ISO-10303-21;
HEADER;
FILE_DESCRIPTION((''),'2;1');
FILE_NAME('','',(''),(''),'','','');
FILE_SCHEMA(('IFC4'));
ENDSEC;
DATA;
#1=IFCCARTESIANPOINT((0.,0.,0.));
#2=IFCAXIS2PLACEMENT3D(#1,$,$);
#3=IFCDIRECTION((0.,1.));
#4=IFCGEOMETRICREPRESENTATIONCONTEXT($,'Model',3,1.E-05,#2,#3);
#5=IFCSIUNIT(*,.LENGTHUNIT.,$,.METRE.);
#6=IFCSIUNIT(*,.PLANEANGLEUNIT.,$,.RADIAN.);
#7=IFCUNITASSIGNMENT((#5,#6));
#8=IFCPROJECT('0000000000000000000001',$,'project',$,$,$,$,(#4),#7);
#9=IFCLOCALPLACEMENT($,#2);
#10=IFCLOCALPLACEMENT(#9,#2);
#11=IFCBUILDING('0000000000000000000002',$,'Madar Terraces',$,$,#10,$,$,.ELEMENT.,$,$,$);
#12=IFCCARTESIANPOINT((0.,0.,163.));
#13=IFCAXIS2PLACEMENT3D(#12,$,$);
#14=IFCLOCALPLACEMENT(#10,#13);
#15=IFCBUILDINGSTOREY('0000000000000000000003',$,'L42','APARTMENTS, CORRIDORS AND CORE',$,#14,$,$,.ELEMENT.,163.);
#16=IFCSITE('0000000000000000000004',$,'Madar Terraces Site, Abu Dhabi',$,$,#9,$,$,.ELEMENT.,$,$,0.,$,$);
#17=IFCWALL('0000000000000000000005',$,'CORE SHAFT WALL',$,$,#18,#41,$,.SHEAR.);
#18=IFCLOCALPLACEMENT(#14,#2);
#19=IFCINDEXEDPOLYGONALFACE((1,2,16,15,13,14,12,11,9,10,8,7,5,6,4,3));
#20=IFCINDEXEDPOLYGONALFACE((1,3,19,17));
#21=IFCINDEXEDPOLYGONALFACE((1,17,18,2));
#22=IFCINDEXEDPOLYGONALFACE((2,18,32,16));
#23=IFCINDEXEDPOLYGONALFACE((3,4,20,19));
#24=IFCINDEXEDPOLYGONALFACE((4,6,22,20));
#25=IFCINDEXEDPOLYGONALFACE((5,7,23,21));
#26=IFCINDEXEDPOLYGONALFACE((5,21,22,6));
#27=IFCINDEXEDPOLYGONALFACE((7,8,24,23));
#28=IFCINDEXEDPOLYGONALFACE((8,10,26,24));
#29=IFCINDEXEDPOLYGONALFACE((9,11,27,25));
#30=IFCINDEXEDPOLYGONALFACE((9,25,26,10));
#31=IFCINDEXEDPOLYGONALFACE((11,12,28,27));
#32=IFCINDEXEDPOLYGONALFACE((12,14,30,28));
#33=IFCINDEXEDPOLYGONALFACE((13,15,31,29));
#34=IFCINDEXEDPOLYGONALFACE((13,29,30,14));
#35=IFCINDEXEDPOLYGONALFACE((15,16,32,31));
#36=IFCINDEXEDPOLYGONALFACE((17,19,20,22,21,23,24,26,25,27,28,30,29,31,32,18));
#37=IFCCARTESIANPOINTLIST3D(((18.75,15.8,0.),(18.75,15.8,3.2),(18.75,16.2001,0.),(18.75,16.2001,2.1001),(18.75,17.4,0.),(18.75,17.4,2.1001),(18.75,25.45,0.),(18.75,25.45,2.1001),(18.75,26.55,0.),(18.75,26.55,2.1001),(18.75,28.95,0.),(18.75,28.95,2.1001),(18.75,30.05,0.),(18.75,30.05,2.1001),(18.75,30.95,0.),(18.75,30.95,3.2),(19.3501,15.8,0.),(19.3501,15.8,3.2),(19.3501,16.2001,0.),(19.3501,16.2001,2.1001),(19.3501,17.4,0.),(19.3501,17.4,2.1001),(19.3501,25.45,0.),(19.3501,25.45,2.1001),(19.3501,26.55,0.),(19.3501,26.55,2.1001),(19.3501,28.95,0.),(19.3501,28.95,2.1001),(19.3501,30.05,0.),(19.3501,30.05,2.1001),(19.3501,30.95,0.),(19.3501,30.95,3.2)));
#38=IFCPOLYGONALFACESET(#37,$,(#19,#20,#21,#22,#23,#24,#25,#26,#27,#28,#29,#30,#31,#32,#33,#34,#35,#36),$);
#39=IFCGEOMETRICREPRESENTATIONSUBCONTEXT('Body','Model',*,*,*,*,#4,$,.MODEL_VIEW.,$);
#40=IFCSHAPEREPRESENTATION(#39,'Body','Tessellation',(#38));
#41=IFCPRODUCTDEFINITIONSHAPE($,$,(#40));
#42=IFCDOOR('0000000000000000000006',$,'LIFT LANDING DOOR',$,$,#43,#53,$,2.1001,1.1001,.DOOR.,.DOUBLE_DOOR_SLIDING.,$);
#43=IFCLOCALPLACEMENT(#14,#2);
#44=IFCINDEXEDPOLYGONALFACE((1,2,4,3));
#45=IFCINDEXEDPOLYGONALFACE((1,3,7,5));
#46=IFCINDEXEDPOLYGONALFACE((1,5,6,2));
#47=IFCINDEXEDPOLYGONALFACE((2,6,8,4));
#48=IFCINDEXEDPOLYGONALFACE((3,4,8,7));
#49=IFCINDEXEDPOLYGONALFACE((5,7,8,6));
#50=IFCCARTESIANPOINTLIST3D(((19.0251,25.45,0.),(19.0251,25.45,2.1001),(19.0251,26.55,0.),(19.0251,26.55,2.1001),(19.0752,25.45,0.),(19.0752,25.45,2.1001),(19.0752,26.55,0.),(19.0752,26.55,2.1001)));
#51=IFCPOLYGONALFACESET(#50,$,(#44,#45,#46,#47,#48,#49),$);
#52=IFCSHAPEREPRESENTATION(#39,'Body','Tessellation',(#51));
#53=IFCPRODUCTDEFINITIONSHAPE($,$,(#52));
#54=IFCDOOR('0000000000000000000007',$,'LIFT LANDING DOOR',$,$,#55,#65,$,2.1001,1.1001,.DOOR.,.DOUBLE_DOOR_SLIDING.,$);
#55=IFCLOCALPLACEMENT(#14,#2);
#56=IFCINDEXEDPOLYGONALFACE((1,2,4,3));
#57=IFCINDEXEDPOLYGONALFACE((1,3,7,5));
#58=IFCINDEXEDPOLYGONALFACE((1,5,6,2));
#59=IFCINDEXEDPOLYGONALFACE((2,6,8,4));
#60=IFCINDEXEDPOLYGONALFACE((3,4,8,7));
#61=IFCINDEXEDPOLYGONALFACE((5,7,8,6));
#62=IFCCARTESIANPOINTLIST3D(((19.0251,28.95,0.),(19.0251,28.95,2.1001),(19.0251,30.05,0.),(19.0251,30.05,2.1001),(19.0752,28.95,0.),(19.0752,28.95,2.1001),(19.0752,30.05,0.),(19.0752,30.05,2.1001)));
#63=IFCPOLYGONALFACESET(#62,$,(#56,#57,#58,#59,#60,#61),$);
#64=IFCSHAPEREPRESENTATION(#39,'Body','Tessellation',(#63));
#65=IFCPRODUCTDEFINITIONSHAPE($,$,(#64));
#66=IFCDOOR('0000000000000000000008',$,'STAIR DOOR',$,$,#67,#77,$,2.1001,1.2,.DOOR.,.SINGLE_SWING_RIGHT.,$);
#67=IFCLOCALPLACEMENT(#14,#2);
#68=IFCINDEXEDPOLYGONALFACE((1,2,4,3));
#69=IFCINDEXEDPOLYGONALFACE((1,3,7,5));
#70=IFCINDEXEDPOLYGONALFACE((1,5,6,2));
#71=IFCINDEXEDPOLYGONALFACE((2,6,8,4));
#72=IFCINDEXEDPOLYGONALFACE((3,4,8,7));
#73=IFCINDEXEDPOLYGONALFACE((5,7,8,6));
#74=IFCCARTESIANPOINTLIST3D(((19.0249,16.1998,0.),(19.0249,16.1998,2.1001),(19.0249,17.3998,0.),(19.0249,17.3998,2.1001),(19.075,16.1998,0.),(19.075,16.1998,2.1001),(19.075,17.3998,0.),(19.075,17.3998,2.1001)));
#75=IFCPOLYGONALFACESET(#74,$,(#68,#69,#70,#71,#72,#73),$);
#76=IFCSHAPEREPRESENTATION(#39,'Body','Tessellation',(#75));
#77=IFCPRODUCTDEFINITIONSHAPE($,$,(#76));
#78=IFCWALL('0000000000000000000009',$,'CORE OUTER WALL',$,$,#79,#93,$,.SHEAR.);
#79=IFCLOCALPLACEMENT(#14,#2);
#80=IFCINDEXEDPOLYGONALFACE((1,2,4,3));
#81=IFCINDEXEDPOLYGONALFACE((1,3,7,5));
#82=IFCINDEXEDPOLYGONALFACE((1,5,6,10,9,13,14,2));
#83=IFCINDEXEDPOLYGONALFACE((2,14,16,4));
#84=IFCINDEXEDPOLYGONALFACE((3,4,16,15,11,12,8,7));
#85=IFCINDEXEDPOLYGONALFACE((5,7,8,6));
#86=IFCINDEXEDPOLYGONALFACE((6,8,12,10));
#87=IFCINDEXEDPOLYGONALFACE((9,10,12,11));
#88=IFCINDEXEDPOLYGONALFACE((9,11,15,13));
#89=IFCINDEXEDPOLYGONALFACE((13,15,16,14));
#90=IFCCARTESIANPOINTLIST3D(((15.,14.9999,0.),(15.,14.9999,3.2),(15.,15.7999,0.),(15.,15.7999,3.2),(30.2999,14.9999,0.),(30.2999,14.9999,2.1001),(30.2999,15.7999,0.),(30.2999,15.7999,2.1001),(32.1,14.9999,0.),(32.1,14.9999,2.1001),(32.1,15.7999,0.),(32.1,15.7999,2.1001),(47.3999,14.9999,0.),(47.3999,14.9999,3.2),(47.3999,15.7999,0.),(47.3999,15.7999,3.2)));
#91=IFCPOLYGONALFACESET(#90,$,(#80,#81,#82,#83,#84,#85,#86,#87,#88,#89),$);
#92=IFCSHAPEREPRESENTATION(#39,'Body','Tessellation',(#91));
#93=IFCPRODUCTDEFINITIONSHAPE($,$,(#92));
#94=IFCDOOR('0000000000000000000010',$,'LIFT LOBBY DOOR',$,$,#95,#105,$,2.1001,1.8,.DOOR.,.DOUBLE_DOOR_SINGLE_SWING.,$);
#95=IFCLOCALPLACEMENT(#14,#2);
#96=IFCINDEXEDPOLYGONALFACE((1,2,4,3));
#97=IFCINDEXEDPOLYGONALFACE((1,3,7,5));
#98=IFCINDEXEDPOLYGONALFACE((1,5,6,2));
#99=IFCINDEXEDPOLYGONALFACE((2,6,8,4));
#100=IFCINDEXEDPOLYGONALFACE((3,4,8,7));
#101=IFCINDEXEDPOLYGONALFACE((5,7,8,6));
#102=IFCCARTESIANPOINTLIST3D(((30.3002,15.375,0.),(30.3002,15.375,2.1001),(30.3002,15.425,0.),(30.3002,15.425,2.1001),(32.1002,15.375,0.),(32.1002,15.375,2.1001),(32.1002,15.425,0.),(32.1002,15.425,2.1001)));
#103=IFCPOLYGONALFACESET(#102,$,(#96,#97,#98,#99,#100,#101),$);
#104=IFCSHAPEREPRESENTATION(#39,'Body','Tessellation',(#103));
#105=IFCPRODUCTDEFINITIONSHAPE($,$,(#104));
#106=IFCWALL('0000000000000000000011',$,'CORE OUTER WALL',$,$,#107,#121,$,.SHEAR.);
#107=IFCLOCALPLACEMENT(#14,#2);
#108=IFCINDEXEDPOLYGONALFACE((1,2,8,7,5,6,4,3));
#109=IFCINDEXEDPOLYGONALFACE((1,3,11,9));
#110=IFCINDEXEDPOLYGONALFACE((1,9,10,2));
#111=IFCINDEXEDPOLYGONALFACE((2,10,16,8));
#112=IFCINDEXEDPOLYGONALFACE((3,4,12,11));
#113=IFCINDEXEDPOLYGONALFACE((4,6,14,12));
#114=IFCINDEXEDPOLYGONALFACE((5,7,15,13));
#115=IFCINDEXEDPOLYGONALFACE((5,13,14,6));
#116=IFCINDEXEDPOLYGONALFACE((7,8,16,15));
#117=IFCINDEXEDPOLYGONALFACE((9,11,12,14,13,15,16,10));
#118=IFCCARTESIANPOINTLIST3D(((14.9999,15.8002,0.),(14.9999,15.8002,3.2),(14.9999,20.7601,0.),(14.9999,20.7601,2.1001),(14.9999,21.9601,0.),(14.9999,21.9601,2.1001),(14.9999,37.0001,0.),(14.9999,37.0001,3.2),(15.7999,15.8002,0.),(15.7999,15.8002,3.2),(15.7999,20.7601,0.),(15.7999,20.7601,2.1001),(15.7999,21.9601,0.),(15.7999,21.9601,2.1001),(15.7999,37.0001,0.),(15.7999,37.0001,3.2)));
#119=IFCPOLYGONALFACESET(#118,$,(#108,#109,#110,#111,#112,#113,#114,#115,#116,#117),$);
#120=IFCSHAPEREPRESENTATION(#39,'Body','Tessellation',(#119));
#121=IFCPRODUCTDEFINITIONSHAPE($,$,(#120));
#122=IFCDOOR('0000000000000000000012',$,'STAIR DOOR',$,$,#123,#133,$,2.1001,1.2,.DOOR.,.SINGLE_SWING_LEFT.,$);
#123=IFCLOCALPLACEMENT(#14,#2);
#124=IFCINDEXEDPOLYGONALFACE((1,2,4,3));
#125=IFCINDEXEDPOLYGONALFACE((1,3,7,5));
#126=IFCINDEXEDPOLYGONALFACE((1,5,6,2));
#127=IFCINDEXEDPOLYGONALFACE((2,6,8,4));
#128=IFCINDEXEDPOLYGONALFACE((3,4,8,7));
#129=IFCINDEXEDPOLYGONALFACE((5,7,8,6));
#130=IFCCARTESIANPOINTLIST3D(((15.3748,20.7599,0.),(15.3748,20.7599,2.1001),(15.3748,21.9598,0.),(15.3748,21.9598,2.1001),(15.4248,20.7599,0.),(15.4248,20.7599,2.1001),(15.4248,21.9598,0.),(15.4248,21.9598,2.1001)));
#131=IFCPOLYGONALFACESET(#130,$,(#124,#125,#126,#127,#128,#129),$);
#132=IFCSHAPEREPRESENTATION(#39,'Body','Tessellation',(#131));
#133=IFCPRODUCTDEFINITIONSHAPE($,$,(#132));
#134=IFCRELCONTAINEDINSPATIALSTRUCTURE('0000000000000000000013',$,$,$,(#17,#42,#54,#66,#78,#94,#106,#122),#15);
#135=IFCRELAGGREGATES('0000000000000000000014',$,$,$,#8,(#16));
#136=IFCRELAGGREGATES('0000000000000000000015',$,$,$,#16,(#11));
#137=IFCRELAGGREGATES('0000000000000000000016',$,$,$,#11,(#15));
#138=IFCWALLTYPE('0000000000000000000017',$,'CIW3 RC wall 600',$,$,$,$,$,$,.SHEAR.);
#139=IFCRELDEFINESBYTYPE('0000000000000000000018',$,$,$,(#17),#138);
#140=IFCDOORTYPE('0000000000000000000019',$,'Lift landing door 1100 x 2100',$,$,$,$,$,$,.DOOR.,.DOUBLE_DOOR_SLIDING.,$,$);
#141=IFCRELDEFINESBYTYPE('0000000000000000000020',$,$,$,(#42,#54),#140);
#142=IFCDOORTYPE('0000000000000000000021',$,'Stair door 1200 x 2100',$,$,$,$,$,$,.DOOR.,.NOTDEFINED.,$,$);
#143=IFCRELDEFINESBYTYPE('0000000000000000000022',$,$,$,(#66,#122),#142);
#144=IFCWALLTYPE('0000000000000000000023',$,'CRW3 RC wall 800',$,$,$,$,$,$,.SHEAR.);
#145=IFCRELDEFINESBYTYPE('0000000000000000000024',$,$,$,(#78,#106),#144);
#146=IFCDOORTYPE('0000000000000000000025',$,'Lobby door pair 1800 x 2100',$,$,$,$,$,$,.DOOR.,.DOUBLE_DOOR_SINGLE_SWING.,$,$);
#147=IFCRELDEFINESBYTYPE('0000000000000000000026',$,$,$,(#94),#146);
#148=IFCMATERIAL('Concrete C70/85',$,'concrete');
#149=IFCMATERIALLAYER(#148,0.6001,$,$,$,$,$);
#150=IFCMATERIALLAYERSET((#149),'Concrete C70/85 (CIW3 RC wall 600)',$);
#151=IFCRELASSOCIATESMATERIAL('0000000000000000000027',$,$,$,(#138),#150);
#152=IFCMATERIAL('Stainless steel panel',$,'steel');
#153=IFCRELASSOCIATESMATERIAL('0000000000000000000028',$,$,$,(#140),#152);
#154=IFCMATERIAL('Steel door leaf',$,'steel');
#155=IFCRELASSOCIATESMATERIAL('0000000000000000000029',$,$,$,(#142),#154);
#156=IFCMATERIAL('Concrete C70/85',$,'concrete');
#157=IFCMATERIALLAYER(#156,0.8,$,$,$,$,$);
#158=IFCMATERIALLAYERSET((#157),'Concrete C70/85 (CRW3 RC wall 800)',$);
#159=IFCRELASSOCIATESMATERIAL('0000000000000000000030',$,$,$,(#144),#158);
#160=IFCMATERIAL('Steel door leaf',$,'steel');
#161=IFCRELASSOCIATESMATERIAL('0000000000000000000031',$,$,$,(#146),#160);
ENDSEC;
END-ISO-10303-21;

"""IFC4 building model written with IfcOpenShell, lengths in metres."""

from ifc_helpers import new_model, si_unit, direction, frame, frame_2d, origin, place, context, subcontext, project, spatial, rectangle, extrude, material, layer, layer_set, type_object, element, fill, save


model = new_model("IFC4")

# Units and contexts
model_context = context("Model", 3, precision=1e-05, world=origin(), true_north=direction((0.0, 1.0)))
body_context = subcontext(model_context, "Body", "Model", "MODEL_VIEW")
ifc_project = project(units=[si_unit("LENGTHUNIT", "METRE"), si_unit("PLANEANGLEUNIT", "RADIAN")], contexts=[model_context])

# Site, building, storey
site_placement = place(None, origin())
site = spatial("IfcSite", under=ifc_project, at=site_placement, Name="Madar Terraces Site, Abu Dhabi", CompositionType="ELEMENT", RefElevation=0.0)
building_placement = place(site_placement, origin())
building = spatial("IfcBuilding", under=site, at=building_placement, Name="Madar Terraces", CompositionType="ELEMENT")
storey_placement = place(building_placement, frame((0.0, 0.0, 163.0)))
storey = spatial("IfcBuildingStorey", under=building, at=storey_placement, Name="L42", Description="APARTMENTS, CORRIDORS AND CORE", CompositionType="ELEMENT", Elevation=163.0)

# Wall, openings, doors
ifc_material_1 = material(Name="Concrete C70/85", Category="concrete")
ifc_layer_1 = layer(ifc_material_1, 0.6001)
ifc_layer_set_1 = layer_set([ifc_layer_1], Name="Concrete C70/85 (CIW3 RC wall 600)")
wall_type_1 = type_object("IfcWallType", Name="CIW3 RC wall 600", PredefinedType="SHEAR", material=ifc_layer_set_1)
wall_1_placement = place(storey_placement, frame((19.05, 15.8, 0.0), z_axis=(0.0, 0.0, 1.0), x_axis=(0.0, 1.0, 0.0)))
wall_1 = element("IfcWall", 1, at=wall_1_placement, inside=storey, type_object=wall_type_1, Name="CORE SHAFT WALL", PredefinedType="SHEAR", context=body_context, shape_type="SweptSolid", body=[
    extrude(rectangle(XDim=15.1499, YDim=0.6001, at=frame_2d((7.575, 0.0))), origin(), (0.0, 0.0, 1.0), 3.2),
])
opening_1_placement = place(wall_1_placement, frame((9.6499, 0.0, 0.0)))
opening_1 = element("IfcOpeningElement", 2, at=opening_1_placement, cuts=wall_1, PredefinedType="OPENING", context=body_context, shape_type="SweptSolid", body=[
    extrude(rectangle(XDim=1.1001, YDim=2.1001, at=frame_2d((0.55, 1.05))), frame((0.0, 0.3101, 0.0), z_axis=(0.0, -1.0, 0.0), x_axis=(1.0, 0.0, 0.0)), (0.0, 0.0, 1.0), 0.6201),
])
opening_2_placement = place(wall_1_placement, frame((13.1499, 0.0, 0.0)))
opening_2 = element("IfcOpeningElement", 3, at=opening_2_placement, cuts=wall_1, PredefinedType="OPENING", context=body_context, shape_type="SweptSolid", body=[
    extrude(rectangle(XDim=1.1001, YDim=2.1001, at=frame_2d((0.55, 1.05))), frame((0.0, 0.3101, 0.0), z_axis=(0.0, -1.0, 0.0), x_axis=(1.0, 0.0, 0.0)), (0.0, 0.0, 1.0), 0.6201),
])
opening_3_placement = place(wall_1_placement, frame((0.3999, 0.0, 0.0)))
opening_3 = element("IfcOpeningElement", 4, at=opening_3_placement, cuts=wall_1, PredefinedType="OPENING", context=body_context, shape_type="SweptSolid", body=[
    extrude(rectangle(XDim=1.2, YDim=2.1001, at=frame_2d((0.6001, 1.05))), frame((0.0, 0.3101, 0.0), z_axis=(0.0, -1.0, 0.0), x_axis=(1.0, 0.0, 0.0)), (0.0, 0.0, 1.0), 0.6201),
])
ifc_material_2 = material(Name="Stainless steel panel", Category="steel")
door_type_1 = type_object("IfcDoorType", Name="Lift landing door 1100 x 2100", OperationType="DOUBLE_DOOR_SLIDING", PredefinedType="DOOR", material=ifc_material_2)
door_1_placement = place(opening_1_placement, origin())
door_1 = element("IfcDoor", 5, at=door_1_placement, inside=storey, type_object=door_type_1, Name="LIFT LANDING DOOR", OperationType="DOUBLE_DOOR_SLIDING", OverallHeight=2.1001, OverallWidth=1.1001, PredefinedType="DOOR", context=body_context, shape_type="SweptSolid", body=[
    extrude(rectangle(XDim=1.1001, YDim=2.1001, at=frame_2d((0.55, 1.05))), frame((0.0, 0.0249, 0.0), z_axis=(0.0, -1.0, 0.0), x_axis=(1.0, 0.0, 0.0)), (0.0, 0.0, 1.0), 0.05),
])
fill(opening_1, door_1)
door_2_placement = place(opening_2_placement, origin())
door_2 = element("IfcDoor", 6, at=door_2_placement, inside=storey, type_object=door_type_1, Name="LIFT LANDING DOOR", OperationType="DOUBLE_DOOR_SLIDING", OverallHeight=2.1001, OverallWidth=1.1001, PredefinedType="DOOR", context=body_context, shape_type="SweptSolid", body=[
    extrude(rectangle(XDim=1.1001, YDim=2.1001, at=frame_2d((0.55, 1.05))), frame((0.0, 0.0249, 0.0), z_axis=(0.0, -1.0, 0.0), x_axis=(1.0, 0.0, 0.0)), (0.0, 0.0, 1.0), 0.05),
])
fill(opening_2, door_2)
ifc_material_3 = material(Name="Steel door leaf", Category="steel")
door_type_2 = type_object("IfcDoorType", Name="Stair door 1200 x 2100", OperationType="NOTDEFINED", PredefinedType="DOOR", material=ifc_material_3)
door_3_placement = place(opening_3_placement, frame((1.2, 0.0, 0.0), z_axis=(0.0, 0.0, 1.0), x_axis=(-1.0, 0.0, 0.0)))
door_3 = element("IfcDoor", 7, at=door_3_placement, inside=storey, type_object=door_type_2, Name="STAIR DOOR", OperationType="SINGLE_SWING_RIGHT", OverallHeight=2.1001, OverallWidth=1.2, PredefinedType="DOOR", context=body_context, shape_type="SweptSolid", body=[
    extrude(rectangle(XDim=1.2, YDim=2.1001, at=frame_2d((0.6001, 1.05))), frame((0.0, 0.0249, 0.0), z_axis=(0.0, -1.0, 0.0), x_axis=(1.0, 0.0, 0.0)), (0.0, 0.0, 1.0), 0.05),
])
fill(opening_3, door_3)

# Walls, openings, doors
ifc_material_4 = material(Name="Concrete C70/85", Category="concrete")
ifc_layer_2 = layer(ifc_material_4, 0.8)
ifc_layer_set_2 = layer_set([ifc_layer_2], Name="Concrete C70/85 (CRW3 RC wall 800)")
wall_type_2 = type_object("IfcWallType", Name="CRW3 RC wall 800", PredefinedType="SHEAR", material=ifc_layer_set_2)
wall_2_placement = place(storey_placement, frame((15.0, 15.3999, 0.0), z_axis=(0.0, 0.0, 1.0), x_axis=(1.0, 0.0, 0.0)))
wall_2 = element("IfcWall", 8, at=wall_2_placement, inside=storey, type_object=wall_type_2, Name="CORE OUTER WALL", PredefinedType="SHEAR", context=body_context, shape_type="SweptSolid", body=[
    extrude(rectangle(XDim=32.3999, YDim=0.8, at=frame_2d((16.2, 0.0))), origin(), (0.0, 0.0, 1.0), 3.2),
])
opening_4_placement = place(wall_2_placement, frame((15.3, 0.0, 0.0)))
opening_4 = element("IfcOpeningElement", 9, at=opening_4_placement, cuts=wall_2, PredefinedType="OPENING", context=body_context, shape_type="SweptSolid", body=[
    extrude(rectangle(XDim=1.8, YDim=2.1001, at=frame_2d((0.8999, 1.05))), frame((0.0, 0.4099, 0.0), z_axis=(0.0, -1.0, 0.0), x_axis=(1.0, 0.0, 0.0)), (0.0, 0.0, 1.0), 0.8201),
])
ifc_material_5 = material(Name="Steel door leaf", Category="steel")
door_type_3 = type_object("IfcDoorType", Name="Lobby door pair 1800 x 2100", OperationType="DOUBLE_DOOR_SINGLE_SWING", PredefinedType="DOOR", material=ifc_material_5)
door_4_placement = place(opening_4_placement, frame((1.8, 0.0, 0.0), z_axis=(0.0, 0.0, 1.0), x_axis=(-1.0, 0.0, 0.0)))
door_4 = element("IfcDoor", 10, at=door_4_placement, inside=storey, type_object=door_type_3, Name="LIFT LOBBY DOOR", OperationType="DOUBLE_DOOR_SINGLE_SWING", OverallHeight=2.1001, OverallWidth=1.8, PredefinedType="DOOR", context=body_context, shape_type="SweptSolid", body=[
    extrude(rectangle(XDim=1.8, YDim=2.1001, at=frame_2d((0.8999, 1.05))), frame((0.0, 0.0249, 0.0), z_axis=(0.0, -1.0, 0.0), x_axis=(1.0, 0.0, 0.0)), (0.0, 0.0, 1.0), 0.05),
])
fill(opening_4, door_4)
wall_3_placement = place(storey_placement, frame((15.3999, 15.8, 0.0), z_axis=(0.0, 0.0, 1.0), x_axis=(0.0, 1.0, 0.0)))
wall_3 = element("IfcWall", 11, at=wall_3_placement, inside=storey, type_object=wall_type_2, Name="CORE OUTER WALL", PredefinedType="SHEAR", context=body_context, shape_type="SweptSolid", body=[
    extrude(rectangle(XDim=21.2, YDim=0.8, at=frame_2d((10.6001, 0.0))), origin(), (0.0, 0.0, 1.0), 3.2),
])
opening_5_placement = place(wall_3_placement, frame((4.96, 0.0, 0.0)))
opening_5 = element("IfcOpeningElement", 12, at=opening_5_placement, cuts=wall_3, PredefinedType="OPENING", context=body_context, shape_type="SweptSolid", body=[
    extrude(rectangle(XDim=1.2, YDim=2.1001, at=frame_2d((0.6001, 1.05))), frame((0.0, 0.4099, 0.0), z_axis=(0.0, -1.0, 0.0), x_axis=(1.0, 0.0, 0.0)), (0.0, 0.0, 1.0), 0.8201),
])
door_5_placement = place(opening_5_placement, frame((1.2, 0.0, 0.0), z_axis=(0.0, 0.0, 1.0), x_axis=(-1.0, 0.0, 0.0)))
door_5 = element("IfcDoor", 13, at=door_5_placement, inside=storey, type_object=door_type_2, Name="STAIR DOOR", OperationType="SINGLE_SWING_LEFT", OverallHeight=2.1001, OverallWidth=1.2, PredefinedType="DOOR", context=body_context, shape_type="SweptSolid", body=[
    extrude(rectangle(XDim=1.2, YDim=2.1001, at=frame_2d((0.6001, 1.05))), frame((0.0, 0.0249, 0.0), z_axis=(0.0, -1.0, 0.0), x_axis=(1.0, 0.0, 0.0)), (0.0, 0.0, 1.0), 0.05),
])
fill(opening_5, door_5)

save(model, "model.ifc")
